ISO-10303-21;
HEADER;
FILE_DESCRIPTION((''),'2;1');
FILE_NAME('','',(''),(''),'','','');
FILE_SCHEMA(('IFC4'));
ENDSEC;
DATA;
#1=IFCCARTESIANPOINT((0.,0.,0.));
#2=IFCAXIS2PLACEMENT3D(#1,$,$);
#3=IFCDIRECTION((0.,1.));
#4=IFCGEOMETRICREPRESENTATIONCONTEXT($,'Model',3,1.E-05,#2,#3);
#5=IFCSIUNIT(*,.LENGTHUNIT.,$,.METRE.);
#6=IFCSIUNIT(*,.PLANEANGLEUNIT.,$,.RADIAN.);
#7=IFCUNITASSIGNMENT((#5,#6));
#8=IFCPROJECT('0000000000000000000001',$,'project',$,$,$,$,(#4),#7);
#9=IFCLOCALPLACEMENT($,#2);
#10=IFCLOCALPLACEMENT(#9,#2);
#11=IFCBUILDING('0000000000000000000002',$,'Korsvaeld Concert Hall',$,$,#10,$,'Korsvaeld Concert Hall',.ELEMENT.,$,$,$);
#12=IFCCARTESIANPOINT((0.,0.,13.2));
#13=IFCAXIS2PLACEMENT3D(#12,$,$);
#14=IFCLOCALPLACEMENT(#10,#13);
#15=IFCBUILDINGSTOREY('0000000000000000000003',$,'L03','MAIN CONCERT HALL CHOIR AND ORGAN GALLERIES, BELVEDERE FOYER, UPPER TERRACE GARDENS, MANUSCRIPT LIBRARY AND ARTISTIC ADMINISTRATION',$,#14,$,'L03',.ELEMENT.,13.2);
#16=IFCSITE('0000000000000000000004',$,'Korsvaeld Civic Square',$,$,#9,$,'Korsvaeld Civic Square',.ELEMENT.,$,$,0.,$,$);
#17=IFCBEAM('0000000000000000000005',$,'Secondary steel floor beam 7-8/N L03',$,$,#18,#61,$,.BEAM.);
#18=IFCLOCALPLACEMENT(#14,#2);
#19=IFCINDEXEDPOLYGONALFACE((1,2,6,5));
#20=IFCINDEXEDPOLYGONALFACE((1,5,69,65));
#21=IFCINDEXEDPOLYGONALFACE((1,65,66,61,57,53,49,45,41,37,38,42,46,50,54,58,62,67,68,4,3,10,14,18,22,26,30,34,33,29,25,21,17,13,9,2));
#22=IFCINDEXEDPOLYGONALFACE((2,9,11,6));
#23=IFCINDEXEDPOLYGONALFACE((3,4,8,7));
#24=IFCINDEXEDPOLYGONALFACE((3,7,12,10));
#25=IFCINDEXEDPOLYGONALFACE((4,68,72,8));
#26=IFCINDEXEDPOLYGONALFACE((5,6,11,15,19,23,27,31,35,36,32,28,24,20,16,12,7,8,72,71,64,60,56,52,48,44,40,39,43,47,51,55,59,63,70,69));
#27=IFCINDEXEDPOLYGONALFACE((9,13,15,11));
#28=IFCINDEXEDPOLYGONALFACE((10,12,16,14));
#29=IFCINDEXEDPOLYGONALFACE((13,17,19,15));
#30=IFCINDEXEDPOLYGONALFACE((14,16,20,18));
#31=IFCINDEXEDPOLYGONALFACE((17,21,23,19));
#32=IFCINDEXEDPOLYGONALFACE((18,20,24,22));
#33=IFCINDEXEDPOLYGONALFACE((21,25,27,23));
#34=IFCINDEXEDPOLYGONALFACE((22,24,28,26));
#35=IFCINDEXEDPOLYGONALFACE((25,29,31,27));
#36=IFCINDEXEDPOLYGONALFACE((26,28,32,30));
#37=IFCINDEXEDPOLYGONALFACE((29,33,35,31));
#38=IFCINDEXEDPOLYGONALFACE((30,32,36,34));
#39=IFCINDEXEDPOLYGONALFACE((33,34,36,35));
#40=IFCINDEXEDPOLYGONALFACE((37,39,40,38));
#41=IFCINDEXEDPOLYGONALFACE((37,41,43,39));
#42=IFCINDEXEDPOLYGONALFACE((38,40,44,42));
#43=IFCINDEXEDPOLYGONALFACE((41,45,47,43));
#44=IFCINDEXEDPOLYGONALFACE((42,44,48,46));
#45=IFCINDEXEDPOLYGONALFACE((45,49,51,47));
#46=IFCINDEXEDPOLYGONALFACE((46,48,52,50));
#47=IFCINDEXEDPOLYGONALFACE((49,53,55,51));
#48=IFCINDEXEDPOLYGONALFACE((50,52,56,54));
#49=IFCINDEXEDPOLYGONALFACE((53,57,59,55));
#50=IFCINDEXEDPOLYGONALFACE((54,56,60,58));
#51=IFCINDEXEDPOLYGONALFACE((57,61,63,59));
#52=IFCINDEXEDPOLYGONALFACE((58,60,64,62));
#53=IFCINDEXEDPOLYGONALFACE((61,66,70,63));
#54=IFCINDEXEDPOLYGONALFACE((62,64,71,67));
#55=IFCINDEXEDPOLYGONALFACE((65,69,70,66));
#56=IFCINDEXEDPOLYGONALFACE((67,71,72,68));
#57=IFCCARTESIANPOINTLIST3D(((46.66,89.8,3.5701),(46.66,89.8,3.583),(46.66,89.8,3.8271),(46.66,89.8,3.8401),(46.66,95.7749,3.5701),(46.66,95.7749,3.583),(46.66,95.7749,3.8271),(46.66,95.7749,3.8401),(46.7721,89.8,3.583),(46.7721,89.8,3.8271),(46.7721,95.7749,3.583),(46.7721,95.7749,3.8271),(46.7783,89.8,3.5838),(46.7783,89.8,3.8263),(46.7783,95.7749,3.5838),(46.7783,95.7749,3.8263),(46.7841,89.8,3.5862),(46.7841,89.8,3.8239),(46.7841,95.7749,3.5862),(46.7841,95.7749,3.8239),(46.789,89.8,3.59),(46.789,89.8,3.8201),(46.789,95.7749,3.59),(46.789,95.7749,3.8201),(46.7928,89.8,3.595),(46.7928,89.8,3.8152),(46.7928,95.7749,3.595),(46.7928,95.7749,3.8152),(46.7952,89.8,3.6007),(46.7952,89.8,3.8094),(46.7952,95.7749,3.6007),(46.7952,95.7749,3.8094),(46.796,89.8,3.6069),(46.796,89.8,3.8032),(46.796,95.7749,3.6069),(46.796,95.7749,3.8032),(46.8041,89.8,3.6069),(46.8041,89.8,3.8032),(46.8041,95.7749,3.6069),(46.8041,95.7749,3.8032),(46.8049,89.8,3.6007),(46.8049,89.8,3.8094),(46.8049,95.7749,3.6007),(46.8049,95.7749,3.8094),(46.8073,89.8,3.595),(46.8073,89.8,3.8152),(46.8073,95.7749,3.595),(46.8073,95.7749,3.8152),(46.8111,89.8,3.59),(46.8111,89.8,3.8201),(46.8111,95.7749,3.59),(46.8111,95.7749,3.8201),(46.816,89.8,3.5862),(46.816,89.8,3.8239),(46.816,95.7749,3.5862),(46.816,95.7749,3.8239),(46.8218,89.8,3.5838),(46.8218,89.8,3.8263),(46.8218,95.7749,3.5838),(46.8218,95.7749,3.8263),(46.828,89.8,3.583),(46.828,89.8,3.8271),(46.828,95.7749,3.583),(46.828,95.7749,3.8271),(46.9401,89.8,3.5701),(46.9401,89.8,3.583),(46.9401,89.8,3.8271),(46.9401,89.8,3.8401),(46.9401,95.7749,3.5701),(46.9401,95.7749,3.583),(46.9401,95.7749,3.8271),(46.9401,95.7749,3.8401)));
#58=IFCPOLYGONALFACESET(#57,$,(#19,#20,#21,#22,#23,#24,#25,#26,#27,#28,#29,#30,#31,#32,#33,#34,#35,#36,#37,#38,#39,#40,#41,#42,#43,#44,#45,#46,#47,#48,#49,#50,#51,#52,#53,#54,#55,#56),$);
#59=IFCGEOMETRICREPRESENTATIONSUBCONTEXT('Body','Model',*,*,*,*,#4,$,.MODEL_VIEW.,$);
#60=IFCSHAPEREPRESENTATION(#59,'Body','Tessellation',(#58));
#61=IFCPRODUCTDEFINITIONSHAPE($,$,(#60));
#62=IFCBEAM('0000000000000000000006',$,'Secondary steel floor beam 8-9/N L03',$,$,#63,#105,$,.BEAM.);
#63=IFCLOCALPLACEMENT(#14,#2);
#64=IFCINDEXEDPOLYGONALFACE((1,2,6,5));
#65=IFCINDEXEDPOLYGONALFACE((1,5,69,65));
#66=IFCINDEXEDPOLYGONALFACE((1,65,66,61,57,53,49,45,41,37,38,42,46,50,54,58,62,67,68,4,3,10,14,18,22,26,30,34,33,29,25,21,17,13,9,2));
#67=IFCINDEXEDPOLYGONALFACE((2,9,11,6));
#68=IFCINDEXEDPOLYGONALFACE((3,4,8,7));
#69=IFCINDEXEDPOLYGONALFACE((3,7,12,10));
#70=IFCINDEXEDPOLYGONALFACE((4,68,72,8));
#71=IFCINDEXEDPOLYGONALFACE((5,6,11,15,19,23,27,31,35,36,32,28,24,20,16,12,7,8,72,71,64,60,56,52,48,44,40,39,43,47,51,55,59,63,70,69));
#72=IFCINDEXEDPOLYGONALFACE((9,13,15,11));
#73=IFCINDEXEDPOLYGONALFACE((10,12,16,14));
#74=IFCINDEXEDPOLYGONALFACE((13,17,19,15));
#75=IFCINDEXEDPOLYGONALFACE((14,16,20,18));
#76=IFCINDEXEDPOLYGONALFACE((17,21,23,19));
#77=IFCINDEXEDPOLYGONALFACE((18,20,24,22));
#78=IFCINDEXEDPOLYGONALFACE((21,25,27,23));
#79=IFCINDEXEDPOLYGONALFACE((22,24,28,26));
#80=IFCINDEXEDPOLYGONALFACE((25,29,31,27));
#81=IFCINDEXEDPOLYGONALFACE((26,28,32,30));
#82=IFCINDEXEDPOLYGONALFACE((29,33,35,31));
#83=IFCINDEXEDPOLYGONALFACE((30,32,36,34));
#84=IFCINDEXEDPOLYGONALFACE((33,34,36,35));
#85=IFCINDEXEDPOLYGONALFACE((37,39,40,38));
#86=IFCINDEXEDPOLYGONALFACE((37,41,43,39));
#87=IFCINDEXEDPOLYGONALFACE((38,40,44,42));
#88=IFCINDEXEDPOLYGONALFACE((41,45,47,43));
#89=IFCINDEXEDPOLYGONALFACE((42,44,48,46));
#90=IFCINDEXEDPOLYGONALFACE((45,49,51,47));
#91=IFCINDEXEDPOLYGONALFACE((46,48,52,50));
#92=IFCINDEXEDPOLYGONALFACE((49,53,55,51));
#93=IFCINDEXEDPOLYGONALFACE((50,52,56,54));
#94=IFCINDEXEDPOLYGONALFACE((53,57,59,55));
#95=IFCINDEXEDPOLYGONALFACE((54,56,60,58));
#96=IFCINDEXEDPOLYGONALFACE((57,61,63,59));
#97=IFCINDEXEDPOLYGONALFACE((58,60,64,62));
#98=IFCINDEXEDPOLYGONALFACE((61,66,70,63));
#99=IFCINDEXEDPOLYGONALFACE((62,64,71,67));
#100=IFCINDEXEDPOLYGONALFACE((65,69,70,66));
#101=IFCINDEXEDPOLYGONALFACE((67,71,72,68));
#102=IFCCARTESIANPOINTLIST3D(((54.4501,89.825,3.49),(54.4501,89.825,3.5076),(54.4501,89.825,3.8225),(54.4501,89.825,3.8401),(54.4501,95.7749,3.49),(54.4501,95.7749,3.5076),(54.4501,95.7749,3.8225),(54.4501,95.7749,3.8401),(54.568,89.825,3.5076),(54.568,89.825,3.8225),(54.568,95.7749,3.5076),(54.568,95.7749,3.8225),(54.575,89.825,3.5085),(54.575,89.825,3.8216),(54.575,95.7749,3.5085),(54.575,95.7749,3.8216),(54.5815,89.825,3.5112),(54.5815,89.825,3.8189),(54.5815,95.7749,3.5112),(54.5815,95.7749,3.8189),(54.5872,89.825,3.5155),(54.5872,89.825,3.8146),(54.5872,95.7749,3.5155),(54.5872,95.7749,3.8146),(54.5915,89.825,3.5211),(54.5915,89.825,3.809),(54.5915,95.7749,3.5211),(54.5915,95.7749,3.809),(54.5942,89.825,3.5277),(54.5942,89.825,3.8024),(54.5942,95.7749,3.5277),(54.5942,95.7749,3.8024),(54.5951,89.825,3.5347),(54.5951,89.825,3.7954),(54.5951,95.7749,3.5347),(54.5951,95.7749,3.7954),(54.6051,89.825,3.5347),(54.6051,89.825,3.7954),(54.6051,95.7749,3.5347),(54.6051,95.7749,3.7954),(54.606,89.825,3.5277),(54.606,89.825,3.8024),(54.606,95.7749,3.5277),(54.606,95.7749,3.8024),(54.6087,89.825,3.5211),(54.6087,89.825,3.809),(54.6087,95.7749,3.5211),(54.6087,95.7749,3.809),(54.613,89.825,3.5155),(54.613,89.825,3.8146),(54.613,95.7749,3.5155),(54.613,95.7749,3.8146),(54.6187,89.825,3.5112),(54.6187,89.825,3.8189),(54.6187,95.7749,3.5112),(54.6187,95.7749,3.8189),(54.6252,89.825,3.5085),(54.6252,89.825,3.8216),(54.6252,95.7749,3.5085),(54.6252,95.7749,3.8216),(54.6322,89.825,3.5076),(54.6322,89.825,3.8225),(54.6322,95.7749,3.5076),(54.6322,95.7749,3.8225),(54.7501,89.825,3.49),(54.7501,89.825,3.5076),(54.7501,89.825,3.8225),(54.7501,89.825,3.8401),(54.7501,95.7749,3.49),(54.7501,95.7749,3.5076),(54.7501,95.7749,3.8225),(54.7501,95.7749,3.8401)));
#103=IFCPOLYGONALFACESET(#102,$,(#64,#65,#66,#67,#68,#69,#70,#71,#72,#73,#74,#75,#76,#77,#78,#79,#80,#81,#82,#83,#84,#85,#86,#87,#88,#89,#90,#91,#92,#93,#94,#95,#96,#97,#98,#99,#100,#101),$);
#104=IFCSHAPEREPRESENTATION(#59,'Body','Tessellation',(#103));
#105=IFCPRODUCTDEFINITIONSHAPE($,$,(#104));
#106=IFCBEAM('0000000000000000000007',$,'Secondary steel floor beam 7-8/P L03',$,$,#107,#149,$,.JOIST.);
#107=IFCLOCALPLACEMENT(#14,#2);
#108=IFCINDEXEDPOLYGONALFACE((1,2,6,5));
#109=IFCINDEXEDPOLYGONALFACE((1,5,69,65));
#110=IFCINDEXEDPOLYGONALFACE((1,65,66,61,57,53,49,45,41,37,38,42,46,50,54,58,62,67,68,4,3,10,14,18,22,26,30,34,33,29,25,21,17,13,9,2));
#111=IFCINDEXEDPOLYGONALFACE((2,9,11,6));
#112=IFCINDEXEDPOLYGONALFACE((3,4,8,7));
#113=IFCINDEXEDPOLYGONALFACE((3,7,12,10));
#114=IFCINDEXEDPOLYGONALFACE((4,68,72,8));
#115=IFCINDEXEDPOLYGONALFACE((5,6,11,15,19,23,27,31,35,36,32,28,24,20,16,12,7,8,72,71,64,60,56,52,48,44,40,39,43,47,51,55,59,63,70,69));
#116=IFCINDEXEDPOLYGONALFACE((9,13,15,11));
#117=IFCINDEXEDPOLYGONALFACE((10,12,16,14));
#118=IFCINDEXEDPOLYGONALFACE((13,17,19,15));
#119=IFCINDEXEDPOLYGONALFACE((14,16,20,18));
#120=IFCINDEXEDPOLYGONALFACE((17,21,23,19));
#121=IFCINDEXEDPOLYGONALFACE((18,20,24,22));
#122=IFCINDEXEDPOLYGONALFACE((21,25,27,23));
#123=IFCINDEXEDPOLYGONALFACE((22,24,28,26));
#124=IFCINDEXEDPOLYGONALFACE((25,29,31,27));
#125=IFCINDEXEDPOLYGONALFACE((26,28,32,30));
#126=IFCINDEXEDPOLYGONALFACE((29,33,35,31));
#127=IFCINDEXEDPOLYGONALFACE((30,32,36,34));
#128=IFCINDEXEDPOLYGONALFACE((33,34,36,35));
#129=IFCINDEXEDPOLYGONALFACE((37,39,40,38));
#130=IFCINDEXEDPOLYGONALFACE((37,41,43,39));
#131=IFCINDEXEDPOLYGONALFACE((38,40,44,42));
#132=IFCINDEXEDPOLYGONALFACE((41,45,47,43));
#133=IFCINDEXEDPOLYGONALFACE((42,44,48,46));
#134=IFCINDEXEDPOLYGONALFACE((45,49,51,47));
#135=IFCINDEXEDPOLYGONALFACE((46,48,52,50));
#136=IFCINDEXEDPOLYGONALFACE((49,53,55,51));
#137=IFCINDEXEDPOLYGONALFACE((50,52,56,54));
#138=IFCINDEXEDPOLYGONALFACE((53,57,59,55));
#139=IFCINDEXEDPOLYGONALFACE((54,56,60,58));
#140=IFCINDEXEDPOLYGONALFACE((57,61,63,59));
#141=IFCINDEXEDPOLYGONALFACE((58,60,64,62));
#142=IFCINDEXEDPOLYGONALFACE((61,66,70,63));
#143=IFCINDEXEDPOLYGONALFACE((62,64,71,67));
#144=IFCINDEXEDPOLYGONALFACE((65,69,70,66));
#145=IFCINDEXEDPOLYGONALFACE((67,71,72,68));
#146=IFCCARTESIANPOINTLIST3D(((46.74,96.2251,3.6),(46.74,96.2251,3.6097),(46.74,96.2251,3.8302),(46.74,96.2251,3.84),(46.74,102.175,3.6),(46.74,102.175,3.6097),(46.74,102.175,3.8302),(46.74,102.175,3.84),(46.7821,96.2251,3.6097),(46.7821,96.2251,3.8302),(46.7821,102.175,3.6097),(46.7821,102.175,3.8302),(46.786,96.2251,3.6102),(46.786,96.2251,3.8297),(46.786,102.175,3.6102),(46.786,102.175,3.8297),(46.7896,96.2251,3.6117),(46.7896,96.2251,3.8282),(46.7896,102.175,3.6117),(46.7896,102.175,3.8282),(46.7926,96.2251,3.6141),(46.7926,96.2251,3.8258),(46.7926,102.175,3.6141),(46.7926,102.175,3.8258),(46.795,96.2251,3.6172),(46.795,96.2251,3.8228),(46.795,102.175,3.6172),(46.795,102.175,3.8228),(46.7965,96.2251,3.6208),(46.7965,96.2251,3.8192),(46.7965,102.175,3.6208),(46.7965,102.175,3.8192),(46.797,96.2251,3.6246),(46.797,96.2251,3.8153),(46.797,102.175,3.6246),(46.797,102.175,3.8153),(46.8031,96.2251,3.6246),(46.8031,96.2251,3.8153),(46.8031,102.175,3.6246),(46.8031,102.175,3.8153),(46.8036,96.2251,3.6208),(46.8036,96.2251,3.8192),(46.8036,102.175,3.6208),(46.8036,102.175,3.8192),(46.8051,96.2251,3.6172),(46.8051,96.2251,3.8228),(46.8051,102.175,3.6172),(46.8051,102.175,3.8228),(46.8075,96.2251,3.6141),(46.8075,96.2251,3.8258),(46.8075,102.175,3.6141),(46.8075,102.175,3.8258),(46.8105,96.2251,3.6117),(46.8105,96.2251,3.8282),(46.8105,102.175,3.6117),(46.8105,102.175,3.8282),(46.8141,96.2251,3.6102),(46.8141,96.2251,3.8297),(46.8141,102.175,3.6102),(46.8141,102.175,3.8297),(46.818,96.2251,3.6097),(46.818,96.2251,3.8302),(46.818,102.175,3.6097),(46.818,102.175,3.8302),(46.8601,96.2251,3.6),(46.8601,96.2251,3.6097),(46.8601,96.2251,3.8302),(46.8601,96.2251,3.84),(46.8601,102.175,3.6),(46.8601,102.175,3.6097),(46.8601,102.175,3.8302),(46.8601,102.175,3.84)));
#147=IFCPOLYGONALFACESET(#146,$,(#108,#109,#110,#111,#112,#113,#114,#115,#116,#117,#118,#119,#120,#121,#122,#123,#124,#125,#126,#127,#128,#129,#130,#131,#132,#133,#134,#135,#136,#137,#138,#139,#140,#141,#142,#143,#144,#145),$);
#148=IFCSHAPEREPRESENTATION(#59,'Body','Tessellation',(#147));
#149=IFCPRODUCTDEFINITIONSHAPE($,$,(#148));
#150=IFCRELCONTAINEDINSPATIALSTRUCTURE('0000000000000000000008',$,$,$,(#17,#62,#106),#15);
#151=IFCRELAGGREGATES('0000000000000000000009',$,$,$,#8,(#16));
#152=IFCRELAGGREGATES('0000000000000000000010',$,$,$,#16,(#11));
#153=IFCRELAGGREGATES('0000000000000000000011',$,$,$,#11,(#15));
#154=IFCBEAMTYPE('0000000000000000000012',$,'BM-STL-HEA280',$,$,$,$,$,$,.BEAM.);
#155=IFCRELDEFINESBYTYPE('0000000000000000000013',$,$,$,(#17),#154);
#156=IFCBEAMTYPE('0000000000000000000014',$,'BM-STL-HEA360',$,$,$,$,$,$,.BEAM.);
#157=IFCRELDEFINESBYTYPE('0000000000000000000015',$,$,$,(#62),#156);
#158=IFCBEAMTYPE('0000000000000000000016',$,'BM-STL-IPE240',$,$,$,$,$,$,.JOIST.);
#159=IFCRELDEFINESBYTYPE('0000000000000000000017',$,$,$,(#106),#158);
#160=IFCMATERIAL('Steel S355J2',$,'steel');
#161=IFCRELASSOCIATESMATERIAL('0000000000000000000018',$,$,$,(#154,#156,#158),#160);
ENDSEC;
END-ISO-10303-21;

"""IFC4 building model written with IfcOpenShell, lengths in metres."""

from ifc_helpers import new_model, si_unit, direction, frame, origin, origin_2d, place, context, subcontext, project, spatial, i_section, extrude, material, material_profile, profile_set, type_object, element, save


model = new_model("IFC4")

# Units and contexts
model_context = context("Model", 3, precision=1e-05, world=origin(), true_north=direction((0.0, 1.0)))
body_context = subcontext(model_context, "Body", "Model", "MODEL_VIEW")
ifc_project = project(units=[si_unit("LENGTHUNIT", "METRE"), si_unit("PLANEANGLEUNIT", "RADIAN")], contexts=[model_context])

# Site, building, storey
site_placement = place(None, origin())
site = spatial("IfcSite", under=ifc_project, at=site_placement, Name="Korsvaeld Civic Square", LongName="Korsvaeld Civic Square", CompositionType="ELEMENT", RefElevation=0.0)
building_placement = place(site_placement, origin())
building = spatial("IfcBuilding", under=site, at=building_placement, Name="Korsvaeld Concert Hall", LongName="Korsvaeld Concert Hall", CompositionType="ELEMENT")
storey_placement = place(building_placement, frame((0.0, 0.0, 13.2)))
storey = spatial("IfcBuildingStorey", under=building, at=storey_placement, Name="L03", Description="MAIN CONCERT HALL CHOIR AND ORGAN GALLERIES, BELVEDERE FOYER, UPPER TERRACE GARDENS, MANUSCRIPT LIBRARY AND ARTISTIC ADMINISTRATION", LongName="L03", CompositionType="ELEMENT", Elevation=13.2)

# Beams
ifc_material_1 = material(Name="Steel S355J2", Category="steel")
ifc_material_profile_1 = material_profile(ifc_material_1, i_section(OverallWidth=0.28, OverallDepth=0.27, WebThickness=0.0081, FlangeThickness=0.0129, FilletRadius=0.0239, at=origin_2d()), Name="HEA 280")
ifc_profile_set_1 = profile_set([ifc_material_profile_1], Name="Steel S355J2")
beam_type_1 = type_object("IfcBeamType", Name="BM-STL-HEA280", PredefinedType="BEAM", material=ifc_profile_set_1)
beam_1_placement = place(storey_placement, frame((46.8, 89.8, 3.7051), z_axis=(0.0, 1.0, 0.0), x_axis=(-1.0, 0.0, 0.0)))
element("IfcBeam", 1, at=beam_1_placement, inside=storey, type_object=beam_type_1, Name="Secondary steel floor beam 7-8/N L03", PredefinedType="BEAM", context=body_context, shape_type="SweptSolid", body=[
    extrude(i_section(OverallWidth=0.28, OverallDepth=0.27, WebThickness=0.0081, FlangeThickness=0.0129, FilletRadius=0.0239, at=origin_2d()), origin(), (0.0, 0.0, 1.0), 5.9749),
])
ifc_material_profile_2 = material_profile(ifc_material_1, i_section(OverallWidth=0.3, OverallDepth=0.3501, WebThickness=0.01, FlangeThickness=0.0176, FilletRadius=0.0271, at=origin_2d()), Name="HEA 360")
ifc_profile_set_2 = profile_set([ifc_material_profile_2], Name="Steel S355J2")
beam_type_2 = type_object("IfcBeamType", Name="BM-STL-HEA360", PredefinedType="BEAM", material=ifc_profile_set_2)
beam_2_placement = place(storey_placement, frame((54.6001, 89.825, 3.665), z_axis=(0.0, 1.0, 0.0), x_axis=(-1.0, 0.0, 0.0)))
element("IfcBeam", 2, at=beam_2_placement, inside=storey, type_object=beam_type_2, Name="Secondary steel floor beam 8-9/N L03", PredefinedType="BEAM", context=body_context, shape_type="SweptSolid", body=[
    extrude(i_section(OverallWidth=0.3, OverallDepth=0.3501, WebThickness=0.01, FlangeThickness=0.0176, FilletRadius=0.0271, at=origin_2d()), origin(), (0.0, 0.0, 1.0), 5.95),
])
ifc_material_profile_3 = material_profile(ifc_material_1, i_section(OverallWidth=0.1201, OverallDepth=0.24, WebThickness=0.0061, FlangeThickness=0.0098, FilletRadius=0.0149, at=origin_2d()), Name="IPE 240")
ifc_profile_set_3 = profile_set([ifc_material_profile_3], Name="Steel S355J2")
beam_type_3 = type_object("IfcBeamType", Name="BM-STL-IPE240", PredefinedType="JOIST", material=ifc_profile_set_3)
beam_3_placement = place(storey_placement, frame((46.8, 96.2251, 3.72), z_axis=(0.0, 1.0, 0.0), x_axis=(-1.0, 0.0, 0.0)))
element("IfcBeam", 3, at=beam_3_placement, inside=storey, type_object=beam_type_3, Name="Secondary steel floor beam 7-8/P L03", PredefinedType="JOIST", context=body_context, shape_type="SweptSolid", body=[
    extrude(i_section(OverallWidth=0.1201, OverallDepth=0.24, WebThickness=0.0061, FlangeThickness=0.0098, FilletRadius=0.0149, at=origin_2d()), origin(), (0.0, 0.0, 1.0), 5.95),
])

save(model, "model.ifc")
